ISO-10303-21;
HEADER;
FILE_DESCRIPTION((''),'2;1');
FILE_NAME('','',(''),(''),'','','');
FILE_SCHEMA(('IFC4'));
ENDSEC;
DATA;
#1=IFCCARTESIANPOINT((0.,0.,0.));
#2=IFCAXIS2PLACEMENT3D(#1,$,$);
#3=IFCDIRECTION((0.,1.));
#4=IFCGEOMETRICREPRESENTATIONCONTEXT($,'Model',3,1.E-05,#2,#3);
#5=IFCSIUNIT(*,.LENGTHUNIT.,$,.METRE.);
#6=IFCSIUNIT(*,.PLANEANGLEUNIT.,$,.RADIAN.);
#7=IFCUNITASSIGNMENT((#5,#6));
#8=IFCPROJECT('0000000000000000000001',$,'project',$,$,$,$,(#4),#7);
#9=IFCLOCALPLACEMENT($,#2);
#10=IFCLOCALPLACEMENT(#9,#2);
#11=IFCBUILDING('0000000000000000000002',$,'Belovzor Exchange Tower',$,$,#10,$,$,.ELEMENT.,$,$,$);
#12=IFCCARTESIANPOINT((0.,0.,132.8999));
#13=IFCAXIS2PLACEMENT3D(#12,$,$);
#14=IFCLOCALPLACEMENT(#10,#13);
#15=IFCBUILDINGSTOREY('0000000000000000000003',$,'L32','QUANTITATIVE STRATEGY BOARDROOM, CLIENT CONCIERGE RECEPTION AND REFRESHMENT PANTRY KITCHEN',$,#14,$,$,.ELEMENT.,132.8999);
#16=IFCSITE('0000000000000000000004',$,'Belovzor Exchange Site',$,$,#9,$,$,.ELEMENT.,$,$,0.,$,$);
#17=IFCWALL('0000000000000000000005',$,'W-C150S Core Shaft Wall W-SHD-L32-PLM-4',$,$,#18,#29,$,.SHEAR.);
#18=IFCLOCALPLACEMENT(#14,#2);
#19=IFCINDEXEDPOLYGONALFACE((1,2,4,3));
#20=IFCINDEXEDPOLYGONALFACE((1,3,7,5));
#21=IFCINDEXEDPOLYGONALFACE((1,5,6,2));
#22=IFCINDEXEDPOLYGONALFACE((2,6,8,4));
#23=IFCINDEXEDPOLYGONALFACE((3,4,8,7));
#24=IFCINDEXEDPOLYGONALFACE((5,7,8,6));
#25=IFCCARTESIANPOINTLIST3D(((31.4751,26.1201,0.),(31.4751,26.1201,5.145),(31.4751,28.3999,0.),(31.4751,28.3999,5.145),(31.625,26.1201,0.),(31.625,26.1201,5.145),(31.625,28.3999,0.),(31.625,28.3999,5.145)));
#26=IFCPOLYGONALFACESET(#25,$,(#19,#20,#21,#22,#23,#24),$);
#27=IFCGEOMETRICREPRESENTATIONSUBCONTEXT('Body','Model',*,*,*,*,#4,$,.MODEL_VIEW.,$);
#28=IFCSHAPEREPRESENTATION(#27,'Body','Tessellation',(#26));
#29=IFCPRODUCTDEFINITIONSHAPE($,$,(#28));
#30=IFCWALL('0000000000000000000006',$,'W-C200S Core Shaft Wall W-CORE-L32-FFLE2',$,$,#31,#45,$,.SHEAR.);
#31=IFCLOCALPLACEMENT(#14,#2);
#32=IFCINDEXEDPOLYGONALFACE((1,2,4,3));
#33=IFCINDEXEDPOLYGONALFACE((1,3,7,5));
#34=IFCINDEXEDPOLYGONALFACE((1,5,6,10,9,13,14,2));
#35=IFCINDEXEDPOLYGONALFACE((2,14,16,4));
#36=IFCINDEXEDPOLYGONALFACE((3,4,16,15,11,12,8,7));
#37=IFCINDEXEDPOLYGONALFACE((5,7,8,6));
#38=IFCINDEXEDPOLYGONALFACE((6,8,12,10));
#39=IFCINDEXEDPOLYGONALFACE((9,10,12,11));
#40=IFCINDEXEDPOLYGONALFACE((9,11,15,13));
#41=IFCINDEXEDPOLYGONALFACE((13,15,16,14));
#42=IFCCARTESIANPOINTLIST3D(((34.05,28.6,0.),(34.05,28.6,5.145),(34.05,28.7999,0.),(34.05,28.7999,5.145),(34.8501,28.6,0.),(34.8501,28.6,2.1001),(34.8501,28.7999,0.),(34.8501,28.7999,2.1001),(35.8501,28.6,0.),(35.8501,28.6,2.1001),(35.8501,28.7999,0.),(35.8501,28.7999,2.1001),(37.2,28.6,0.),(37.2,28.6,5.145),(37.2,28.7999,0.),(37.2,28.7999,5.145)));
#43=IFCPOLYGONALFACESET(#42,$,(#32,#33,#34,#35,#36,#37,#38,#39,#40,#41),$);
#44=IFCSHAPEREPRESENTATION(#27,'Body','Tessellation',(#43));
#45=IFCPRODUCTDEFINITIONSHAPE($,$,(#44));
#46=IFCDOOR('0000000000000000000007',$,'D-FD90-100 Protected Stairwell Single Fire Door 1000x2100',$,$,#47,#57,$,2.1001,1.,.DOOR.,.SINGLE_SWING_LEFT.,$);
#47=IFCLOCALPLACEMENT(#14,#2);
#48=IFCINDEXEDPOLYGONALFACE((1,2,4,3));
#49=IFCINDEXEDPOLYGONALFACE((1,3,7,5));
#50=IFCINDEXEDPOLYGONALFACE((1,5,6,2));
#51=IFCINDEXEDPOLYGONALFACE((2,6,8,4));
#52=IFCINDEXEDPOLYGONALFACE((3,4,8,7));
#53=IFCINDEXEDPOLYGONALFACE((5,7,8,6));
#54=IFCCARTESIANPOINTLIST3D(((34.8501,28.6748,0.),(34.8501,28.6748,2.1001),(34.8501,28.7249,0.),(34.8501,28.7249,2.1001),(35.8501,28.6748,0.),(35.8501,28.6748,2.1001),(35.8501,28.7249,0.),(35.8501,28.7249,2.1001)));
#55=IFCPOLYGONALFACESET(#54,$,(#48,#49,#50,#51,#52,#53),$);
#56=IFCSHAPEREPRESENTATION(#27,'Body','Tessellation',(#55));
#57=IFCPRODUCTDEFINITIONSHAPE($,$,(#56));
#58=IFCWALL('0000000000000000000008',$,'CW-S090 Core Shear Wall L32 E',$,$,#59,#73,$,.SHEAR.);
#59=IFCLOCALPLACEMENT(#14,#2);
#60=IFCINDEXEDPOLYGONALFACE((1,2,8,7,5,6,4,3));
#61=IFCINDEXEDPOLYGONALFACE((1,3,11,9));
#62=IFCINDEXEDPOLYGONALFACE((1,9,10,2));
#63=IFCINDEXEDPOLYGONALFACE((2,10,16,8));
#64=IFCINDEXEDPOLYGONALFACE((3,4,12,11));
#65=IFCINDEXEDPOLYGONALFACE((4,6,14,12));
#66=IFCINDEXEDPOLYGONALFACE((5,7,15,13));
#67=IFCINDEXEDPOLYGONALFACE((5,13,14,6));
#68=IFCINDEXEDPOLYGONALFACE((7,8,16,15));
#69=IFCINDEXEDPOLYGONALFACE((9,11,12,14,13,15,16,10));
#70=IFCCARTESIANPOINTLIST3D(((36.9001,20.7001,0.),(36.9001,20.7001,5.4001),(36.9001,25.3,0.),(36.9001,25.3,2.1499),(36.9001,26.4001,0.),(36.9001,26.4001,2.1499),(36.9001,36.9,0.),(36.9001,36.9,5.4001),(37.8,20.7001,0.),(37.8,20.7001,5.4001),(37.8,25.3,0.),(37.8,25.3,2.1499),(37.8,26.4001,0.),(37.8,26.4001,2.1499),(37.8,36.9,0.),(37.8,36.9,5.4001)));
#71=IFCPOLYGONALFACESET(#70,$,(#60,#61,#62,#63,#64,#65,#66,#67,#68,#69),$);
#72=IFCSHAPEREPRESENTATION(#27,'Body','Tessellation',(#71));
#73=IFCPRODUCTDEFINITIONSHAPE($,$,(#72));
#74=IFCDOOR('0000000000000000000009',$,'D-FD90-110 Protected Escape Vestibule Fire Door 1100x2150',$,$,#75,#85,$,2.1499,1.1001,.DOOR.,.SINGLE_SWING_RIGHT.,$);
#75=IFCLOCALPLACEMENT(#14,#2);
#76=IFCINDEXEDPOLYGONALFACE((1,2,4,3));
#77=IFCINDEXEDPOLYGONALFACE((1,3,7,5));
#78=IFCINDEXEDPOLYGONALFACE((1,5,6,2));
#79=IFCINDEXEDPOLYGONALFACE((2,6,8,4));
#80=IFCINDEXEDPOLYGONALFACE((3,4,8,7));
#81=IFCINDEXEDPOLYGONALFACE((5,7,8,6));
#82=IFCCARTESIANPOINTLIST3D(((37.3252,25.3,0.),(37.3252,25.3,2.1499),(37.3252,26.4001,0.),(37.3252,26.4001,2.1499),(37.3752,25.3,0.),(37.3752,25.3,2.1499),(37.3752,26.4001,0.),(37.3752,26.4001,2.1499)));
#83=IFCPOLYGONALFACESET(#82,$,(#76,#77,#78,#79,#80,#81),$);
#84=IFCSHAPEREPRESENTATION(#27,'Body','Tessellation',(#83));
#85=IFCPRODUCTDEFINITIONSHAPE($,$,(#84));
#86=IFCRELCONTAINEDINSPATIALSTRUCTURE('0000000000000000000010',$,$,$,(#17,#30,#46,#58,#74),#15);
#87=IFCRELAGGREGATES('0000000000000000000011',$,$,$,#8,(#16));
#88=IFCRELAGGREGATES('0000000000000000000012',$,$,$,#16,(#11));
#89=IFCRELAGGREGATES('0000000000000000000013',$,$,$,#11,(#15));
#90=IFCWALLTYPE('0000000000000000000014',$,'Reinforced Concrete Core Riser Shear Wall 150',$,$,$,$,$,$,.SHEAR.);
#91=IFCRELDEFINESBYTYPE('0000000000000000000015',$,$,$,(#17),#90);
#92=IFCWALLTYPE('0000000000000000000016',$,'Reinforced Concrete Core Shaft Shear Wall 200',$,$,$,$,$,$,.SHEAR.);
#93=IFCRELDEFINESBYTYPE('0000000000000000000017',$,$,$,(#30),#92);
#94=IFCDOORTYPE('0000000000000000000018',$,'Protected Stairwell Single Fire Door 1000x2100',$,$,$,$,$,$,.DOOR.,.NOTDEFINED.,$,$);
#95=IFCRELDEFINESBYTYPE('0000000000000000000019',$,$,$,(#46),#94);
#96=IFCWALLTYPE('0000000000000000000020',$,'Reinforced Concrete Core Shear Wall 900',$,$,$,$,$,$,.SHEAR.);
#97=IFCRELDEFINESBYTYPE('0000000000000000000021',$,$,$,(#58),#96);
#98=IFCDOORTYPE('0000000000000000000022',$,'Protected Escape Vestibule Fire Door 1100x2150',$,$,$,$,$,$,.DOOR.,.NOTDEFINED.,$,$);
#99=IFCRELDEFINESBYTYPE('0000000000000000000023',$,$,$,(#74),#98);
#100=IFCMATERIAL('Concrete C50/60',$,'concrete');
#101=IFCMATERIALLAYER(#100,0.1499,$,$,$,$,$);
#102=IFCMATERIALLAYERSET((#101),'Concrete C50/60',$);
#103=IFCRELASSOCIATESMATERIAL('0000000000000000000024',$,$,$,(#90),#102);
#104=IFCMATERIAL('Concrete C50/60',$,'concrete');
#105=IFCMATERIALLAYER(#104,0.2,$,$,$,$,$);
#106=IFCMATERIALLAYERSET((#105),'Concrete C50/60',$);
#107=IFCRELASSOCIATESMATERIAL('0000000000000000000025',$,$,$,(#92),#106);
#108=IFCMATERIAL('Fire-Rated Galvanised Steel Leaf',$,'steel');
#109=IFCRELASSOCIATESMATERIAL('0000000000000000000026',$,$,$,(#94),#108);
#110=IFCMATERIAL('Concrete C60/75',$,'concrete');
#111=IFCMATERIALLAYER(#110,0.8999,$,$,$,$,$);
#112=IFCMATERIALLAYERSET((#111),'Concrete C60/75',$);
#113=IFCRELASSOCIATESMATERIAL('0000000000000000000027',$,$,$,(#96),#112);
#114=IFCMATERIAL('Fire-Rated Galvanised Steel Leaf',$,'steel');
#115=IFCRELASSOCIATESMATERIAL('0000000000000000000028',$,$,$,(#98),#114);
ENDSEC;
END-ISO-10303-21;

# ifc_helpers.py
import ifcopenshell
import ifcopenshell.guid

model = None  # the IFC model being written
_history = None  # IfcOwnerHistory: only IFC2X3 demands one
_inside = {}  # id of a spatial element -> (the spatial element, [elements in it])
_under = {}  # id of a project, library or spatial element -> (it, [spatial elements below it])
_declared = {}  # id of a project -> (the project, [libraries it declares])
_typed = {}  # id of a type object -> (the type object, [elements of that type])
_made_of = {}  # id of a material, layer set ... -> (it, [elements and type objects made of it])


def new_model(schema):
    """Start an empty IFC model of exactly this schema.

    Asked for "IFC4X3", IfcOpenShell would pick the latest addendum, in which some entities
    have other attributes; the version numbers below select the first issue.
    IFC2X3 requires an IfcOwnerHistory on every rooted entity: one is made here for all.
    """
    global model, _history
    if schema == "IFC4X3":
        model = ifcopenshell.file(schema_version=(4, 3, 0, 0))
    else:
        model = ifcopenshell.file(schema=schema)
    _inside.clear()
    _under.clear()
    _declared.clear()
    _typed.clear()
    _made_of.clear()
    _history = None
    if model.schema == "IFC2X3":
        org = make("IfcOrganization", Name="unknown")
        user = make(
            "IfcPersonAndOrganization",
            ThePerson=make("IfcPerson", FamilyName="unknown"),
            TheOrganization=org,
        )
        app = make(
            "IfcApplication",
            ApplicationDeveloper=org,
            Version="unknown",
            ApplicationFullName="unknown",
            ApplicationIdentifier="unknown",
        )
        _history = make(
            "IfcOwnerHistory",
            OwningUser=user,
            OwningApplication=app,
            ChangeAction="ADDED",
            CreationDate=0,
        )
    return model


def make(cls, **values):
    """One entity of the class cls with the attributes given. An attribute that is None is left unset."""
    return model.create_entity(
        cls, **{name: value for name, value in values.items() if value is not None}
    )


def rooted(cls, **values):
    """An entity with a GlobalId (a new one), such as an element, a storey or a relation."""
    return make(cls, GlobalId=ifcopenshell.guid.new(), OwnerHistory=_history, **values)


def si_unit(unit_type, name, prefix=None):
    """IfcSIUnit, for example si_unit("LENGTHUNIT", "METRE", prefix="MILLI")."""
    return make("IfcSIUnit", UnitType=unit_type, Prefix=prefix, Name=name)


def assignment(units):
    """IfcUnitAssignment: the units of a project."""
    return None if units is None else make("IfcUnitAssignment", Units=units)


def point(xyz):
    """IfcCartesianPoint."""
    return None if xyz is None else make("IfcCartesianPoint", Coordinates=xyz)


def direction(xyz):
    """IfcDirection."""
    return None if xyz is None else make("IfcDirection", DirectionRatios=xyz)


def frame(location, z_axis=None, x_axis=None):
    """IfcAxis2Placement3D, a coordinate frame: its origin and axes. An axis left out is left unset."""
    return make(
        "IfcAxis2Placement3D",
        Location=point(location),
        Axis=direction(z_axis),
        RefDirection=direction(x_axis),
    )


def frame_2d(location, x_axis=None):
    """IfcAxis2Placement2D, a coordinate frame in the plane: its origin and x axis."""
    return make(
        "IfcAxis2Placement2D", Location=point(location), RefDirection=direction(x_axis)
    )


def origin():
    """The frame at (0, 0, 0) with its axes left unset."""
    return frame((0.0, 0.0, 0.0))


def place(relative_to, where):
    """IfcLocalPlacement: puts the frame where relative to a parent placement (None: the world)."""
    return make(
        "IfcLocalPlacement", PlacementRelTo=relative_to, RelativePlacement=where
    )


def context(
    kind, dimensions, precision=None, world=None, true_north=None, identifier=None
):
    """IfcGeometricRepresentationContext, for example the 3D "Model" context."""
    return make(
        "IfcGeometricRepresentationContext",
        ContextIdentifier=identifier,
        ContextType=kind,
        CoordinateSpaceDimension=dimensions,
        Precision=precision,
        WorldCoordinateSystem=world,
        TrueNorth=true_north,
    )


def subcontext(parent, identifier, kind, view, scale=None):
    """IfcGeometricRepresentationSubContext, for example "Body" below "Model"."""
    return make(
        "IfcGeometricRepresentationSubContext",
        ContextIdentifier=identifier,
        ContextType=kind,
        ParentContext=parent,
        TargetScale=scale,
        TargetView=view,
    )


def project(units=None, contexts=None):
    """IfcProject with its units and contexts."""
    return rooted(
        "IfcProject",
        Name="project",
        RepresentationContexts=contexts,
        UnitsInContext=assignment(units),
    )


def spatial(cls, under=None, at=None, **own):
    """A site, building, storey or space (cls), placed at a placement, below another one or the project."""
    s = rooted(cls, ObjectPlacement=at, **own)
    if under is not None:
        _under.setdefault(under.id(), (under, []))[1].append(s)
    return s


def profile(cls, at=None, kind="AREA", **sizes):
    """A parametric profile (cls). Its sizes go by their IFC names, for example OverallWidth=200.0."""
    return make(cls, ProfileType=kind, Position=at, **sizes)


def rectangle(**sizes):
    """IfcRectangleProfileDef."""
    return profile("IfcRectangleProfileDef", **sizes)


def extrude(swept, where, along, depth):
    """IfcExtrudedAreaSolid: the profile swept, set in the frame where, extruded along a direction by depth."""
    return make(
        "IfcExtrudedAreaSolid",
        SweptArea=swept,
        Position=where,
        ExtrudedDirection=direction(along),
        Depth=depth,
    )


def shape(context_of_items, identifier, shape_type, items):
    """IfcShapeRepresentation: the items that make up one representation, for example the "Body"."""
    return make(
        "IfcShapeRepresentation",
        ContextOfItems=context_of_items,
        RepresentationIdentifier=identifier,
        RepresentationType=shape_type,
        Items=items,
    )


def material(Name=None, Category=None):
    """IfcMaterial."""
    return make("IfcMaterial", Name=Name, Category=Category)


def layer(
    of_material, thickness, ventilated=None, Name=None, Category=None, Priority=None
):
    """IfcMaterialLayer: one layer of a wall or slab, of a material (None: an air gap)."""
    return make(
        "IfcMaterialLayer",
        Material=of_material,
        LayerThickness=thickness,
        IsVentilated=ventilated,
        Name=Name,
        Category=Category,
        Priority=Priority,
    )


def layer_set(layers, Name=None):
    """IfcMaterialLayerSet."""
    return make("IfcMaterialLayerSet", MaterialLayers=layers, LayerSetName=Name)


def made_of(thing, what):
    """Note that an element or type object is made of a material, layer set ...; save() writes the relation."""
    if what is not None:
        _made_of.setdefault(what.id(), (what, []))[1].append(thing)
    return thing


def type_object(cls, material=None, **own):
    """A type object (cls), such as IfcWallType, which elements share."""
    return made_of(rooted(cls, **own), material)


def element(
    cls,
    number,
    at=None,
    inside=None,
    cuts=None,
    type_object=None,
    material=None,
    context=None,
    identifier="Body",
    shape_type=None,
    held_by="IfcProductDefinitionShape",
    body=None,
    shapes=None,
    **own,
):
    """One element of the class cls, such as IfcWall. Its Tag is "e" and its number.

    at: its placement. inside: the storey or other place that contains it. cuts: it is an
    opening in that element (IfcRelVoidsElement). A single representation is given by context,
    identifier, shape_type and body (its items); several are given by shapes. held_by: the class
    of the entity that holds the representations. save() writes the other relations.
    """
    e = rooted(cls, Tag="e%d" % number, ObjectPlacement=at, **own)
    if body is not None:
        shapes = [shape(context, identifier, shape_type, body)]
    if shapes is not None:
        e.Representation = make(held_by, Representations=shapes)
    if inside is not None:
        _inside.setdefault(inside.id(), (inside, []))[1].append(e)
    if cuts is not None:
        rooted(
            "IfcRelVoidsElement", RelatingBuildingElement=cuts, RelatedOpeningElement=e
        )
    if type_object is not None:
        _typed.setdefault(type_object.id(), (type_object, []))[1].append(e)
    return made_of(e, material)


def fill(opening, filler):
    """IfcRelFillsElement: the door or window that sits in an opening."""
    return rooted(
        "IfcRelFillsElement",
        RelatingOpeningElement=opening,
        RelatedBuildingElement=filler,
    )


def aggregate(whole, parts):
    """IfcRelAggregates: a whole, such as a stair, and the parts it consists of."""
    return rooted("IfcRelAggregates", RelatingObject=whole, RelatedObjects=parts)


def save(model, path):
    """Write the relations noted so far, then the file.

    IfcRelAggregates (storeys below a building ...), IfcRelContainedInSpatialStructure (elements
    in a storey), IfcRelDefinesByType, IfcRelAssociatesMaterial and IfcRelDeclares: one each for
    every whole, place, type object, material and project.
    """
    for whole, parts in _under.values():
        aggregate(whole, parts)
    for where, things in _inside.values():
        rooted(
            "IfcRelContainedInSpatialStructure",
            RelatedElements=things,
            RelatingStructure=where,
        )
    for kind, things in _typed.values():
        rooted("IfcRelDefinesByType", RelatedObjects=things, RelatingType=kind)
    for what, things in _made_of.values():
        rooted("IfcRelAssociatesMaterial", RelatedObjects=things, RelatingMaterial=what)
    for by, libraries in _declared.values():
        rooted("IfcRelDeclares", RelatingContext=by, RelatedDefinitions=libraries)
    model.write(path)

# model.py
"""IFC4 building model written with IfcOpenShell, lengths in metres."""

from ifc_helpers import new_model, si_unit, direction, frame, frame_2d, origin, place, context, subcontext, project, spatial, rectangle, extrude, material, layer, layer_set, type_object, element, fill, save


model = new_model("IFC4")

# Units and contexts
model_context = context("Model", 3, precision=1e-05, world=origin(), true_north=direction((0.0, 1.0)))
body_context = subcontext(model_context, "Body", "Model", "MODEL_VIEW")
ifc_project = project(units=[si_unit("LENGTHUNIT", "METRE"), si_unit("PLANEANGLEUNIT", "RADIAN")], contexts=[model_context])

# Site, building, storey
site_placement = place(None, origin())
site = spatial("IfcSite", under=ifc_project, at=site_placement, Name="Belovzor Exchange Site", CompositionType="ELEMENT", RefElevation=0.0)
building_placement = place(site_placement, origin())
building = spatial("IfcBuilding", under=site, at=building_placement, Name="Belovzor Exchange Tower", CompositionType="ELEMENT")
storey_placement = place(building_placement, frame((0.0, 0.0, 132.8999)))
storey = spatial("IfcBuildingStorey", under=building, at=storey_placement, Name="L32", Description="QUANTITATIVE STRATEGY BOARDROOM, CLIENT CONCIERGE RECEPTION AND REFRESHMENT PANTRY KITCHEN", CompositionType="ELEMENT", Elevation=132.8999)

# Wall
ifc_material_1 = material(Name="Concrete C50/60", Category="concrete")
ifc_layer_1 = layer(ifc_material_1, 0.1499)
ifc_layer_set_1 = layer_set([ifc_layer_1], Name="Concrete C50/60")
wall_type_1 = type_object("IfcWallType", Name="Reinforced Concrete Core Riser Shear Wall 150", PredefinedType="SHEAR", material=ifc_layer_set_1)
for number, where, z_axis, x_axis, name in (
    (1, (31.55, 26.1201, 0.0), (0.0, 0.0, 1.0), (0.0, 1.0, 0.0), "W-C150S Core Shaft Wall W-SHD-L32-PLM-4"),
):
    element("IfcWall", number, at=place(storey_placement, frame(where, z_axis=z_axis, x_axis=x_axis)), inside=storey, type_object=wall_type_1, Name=name, PredefinedType="SHEAR", context=body_context, shape_type="SweptSolid", body=[
        extrude(rectangle(XDim=2.2798, YDim=0.1499, at=frame_2d((1.1399, 0.0))), origin(), (0.0, 0.0, 1.0), 5.145),
    ])

# Walls, openings, doors
ifc_material_2 = material(Name="Concrete C50/60", Category="concrete")
ifc_layer_2 = layer(ifc_material_2, 0.2)
ifc_layer_set_2 = layer_set([ifc_layer_2], Name="Concrete C50/60")
wall_type_2 = type_object("IfcWallType", Name="Reinforced Concrete Core Shaft Shear Wall 200", PredefinedType="SHEAR", material=ifc_layer_set_2)
wall_1_placement = place(storey_placement, frame((34.05, 28.7, 0.0), z_axis=(0.0, 0.0, 1.0), x_axis=(1.0, 0.0, 0.0)))
wall_1 = element("IfcWall", 2, at=wall_1_placement, inside=storey, type_object=wall_type_2, Name="W-C200S Core Shaft Wall W-CORE-L32-FFLE2", PredefinedType="SHEAR", context=body_context, shape_type="SweptSolid", body=[
    extrude(rectangle(XDim=3.1499, YDim=0.2, at=frame_2d((1.575, 0.0))), origin(), (0.0, 0.0, 1.0), 5.145),
])
opening_1_placement = place(wall_1_placement, frame((0.8, 0.0, 0.0)))
opening_1 = element("IfcOpeningElement", 3, at=opening_1_placement, cuts=wall_1, PredefinedType="OPENING", context=body_context, shape_type="SweptSolid", body=[
    extrude(rectangle(XDim=1.0, YDim=2.1001, at=frame_2d((0.5, 1.05))), frame((0.0, 0.1099, 0.0), z_axis=(0.0, -1.0, 0.0), x_axis=(1.0, 0.0, 0.0)), (0.0, 0.0, 1.0), 0.22),
])
ifc_material_3 = material(Name="Fire-Rated Galvanised Steel Leaf", Category="steel")
door_type_1 = type_object("IfcDoorType", Name="Protected Stairwell Single Fire Door 1000x2100", OperationType="NOTDEFINED", PredefinedType="DOOR", material=ifc_material_3)
door_1_placement = place(opening_1_placement, origin())
door_1 = element("IfcDoor", 4, at=door_1_placement, inside=storey, type_object=door_type_1, Name="D-FD90-100 Protected Stairwell Single Fire Door 1000x2100", OperationType="SINGLE_SWING_LEFT", OverallHeight=2.1001, OverallWidth=1.0, PredefinedType="DOOR", context=body_context, shape_type="SweptSolid", body=[
    extrude(rectangle(XDim=1.0, YDim=2.1001, at=frame_2d((0.5, 1.05))), frame((0.0, 0.0249, 0.0), z_axis=(0.0, -1.0, 0.0), x_axis=(1.0, 0.0, 0.0)), (0.0, 0.0, 1.0), 0.05),
])
fill(opening_1, door_1)
ifc_material_4 = material(Name="Concrete C60/75", Category="concrete")
ifc_layer_3 = layer(ifc_material_4, 0.8999)
ifc_layer_set_3 = layer_set([ifc_layer_3], Name="Concrete C60/75")
wall_type_3 = type_object("IfcWallType", Name="Reinforced Concrete Core Shear Wall 900", PredefinedType="SHEAR", material=ifc_layer_set_3)
wall_2_placement = place(storey_placement, frame((37.3501, 20.7, 0.0), z_axis=(0.0, 0.0, 1.0), x_axis=(0.0, 1.0, 0.0)))
wall_2 = element("IfcWall", 5, at=wall_2_placement, inside=storey, type_object=wall_type_3, Name="CW-S090 Core Shear Wall L32 E", PredefinedType="SHEAR", context=body_context, shape_type="SweptSolid", body=[
    extrude(rectangle(XDim=16.2, YDim=0.8999, at=frame_2d((8.1001, 0.0))), origin(), (0.0, 0.0, 1.0), 5.4001),
])
opening_2_placement = place(wall_2_placement, frame((4.6001, 0.0, 0.0)))
opening_2 = element("IfcOpeningElement", 6, at=opening_2_placement, cuts=wall_2, PredefinedType="OPENING", context=body_context, shape_type="SweptSolid", body=[
    extrude(rectangle(XDim=1.1001, YDim=2.1499, at=frame_2d((0.55, 1.075))), frame((0.0, 0.46, 0.0), z_axis=(0.0, -1.0, 0.0), x_axis=(1.0, 0.0, 0.0)), (0.0, 0.0, 1.0), 0.9199),
])
ifc_material_5 = material(Name="Fire-Rated Galvanised Steel Leaf", Category="steel")
door_type_2 = type_object("IfcDoorType", Name="Protected Escape Vestibule Fire Door 1100x2150", OperationType="NOTDEFINED", PredefinedType="DOOR", material=ifc_material_5)
door_2_placement = place(opening_2_placement, origin())
door_2 = element("IfcDoor", 7, at=door_2_placement, inside=storey, type_object=door_type_2, Name="D-FD90-110 Protected Escape Vestibule Fire Door 1100x2150", OperationType="SINGLE_SWING_RIGHT", OverallHeight=2.1499, OverallWidth=1.1001, PredefinedType="DOOR", context=body_context, shape_type="SweptSolid", body=[
    extrude(rectangle(XDim=1.1001, YDim=2.1499, at=frame_2d((0.55, 1.075))), frame((0.0, 0.0249, 0.0), z_axis=(0.0, -1.0, 0.0), x_axis=(1.0, 0.0, 0.0)), (0.0, 0.0, 1.0), 0.05),
])
fill(opening_2, door_2)

save(model, "model.ifc")
